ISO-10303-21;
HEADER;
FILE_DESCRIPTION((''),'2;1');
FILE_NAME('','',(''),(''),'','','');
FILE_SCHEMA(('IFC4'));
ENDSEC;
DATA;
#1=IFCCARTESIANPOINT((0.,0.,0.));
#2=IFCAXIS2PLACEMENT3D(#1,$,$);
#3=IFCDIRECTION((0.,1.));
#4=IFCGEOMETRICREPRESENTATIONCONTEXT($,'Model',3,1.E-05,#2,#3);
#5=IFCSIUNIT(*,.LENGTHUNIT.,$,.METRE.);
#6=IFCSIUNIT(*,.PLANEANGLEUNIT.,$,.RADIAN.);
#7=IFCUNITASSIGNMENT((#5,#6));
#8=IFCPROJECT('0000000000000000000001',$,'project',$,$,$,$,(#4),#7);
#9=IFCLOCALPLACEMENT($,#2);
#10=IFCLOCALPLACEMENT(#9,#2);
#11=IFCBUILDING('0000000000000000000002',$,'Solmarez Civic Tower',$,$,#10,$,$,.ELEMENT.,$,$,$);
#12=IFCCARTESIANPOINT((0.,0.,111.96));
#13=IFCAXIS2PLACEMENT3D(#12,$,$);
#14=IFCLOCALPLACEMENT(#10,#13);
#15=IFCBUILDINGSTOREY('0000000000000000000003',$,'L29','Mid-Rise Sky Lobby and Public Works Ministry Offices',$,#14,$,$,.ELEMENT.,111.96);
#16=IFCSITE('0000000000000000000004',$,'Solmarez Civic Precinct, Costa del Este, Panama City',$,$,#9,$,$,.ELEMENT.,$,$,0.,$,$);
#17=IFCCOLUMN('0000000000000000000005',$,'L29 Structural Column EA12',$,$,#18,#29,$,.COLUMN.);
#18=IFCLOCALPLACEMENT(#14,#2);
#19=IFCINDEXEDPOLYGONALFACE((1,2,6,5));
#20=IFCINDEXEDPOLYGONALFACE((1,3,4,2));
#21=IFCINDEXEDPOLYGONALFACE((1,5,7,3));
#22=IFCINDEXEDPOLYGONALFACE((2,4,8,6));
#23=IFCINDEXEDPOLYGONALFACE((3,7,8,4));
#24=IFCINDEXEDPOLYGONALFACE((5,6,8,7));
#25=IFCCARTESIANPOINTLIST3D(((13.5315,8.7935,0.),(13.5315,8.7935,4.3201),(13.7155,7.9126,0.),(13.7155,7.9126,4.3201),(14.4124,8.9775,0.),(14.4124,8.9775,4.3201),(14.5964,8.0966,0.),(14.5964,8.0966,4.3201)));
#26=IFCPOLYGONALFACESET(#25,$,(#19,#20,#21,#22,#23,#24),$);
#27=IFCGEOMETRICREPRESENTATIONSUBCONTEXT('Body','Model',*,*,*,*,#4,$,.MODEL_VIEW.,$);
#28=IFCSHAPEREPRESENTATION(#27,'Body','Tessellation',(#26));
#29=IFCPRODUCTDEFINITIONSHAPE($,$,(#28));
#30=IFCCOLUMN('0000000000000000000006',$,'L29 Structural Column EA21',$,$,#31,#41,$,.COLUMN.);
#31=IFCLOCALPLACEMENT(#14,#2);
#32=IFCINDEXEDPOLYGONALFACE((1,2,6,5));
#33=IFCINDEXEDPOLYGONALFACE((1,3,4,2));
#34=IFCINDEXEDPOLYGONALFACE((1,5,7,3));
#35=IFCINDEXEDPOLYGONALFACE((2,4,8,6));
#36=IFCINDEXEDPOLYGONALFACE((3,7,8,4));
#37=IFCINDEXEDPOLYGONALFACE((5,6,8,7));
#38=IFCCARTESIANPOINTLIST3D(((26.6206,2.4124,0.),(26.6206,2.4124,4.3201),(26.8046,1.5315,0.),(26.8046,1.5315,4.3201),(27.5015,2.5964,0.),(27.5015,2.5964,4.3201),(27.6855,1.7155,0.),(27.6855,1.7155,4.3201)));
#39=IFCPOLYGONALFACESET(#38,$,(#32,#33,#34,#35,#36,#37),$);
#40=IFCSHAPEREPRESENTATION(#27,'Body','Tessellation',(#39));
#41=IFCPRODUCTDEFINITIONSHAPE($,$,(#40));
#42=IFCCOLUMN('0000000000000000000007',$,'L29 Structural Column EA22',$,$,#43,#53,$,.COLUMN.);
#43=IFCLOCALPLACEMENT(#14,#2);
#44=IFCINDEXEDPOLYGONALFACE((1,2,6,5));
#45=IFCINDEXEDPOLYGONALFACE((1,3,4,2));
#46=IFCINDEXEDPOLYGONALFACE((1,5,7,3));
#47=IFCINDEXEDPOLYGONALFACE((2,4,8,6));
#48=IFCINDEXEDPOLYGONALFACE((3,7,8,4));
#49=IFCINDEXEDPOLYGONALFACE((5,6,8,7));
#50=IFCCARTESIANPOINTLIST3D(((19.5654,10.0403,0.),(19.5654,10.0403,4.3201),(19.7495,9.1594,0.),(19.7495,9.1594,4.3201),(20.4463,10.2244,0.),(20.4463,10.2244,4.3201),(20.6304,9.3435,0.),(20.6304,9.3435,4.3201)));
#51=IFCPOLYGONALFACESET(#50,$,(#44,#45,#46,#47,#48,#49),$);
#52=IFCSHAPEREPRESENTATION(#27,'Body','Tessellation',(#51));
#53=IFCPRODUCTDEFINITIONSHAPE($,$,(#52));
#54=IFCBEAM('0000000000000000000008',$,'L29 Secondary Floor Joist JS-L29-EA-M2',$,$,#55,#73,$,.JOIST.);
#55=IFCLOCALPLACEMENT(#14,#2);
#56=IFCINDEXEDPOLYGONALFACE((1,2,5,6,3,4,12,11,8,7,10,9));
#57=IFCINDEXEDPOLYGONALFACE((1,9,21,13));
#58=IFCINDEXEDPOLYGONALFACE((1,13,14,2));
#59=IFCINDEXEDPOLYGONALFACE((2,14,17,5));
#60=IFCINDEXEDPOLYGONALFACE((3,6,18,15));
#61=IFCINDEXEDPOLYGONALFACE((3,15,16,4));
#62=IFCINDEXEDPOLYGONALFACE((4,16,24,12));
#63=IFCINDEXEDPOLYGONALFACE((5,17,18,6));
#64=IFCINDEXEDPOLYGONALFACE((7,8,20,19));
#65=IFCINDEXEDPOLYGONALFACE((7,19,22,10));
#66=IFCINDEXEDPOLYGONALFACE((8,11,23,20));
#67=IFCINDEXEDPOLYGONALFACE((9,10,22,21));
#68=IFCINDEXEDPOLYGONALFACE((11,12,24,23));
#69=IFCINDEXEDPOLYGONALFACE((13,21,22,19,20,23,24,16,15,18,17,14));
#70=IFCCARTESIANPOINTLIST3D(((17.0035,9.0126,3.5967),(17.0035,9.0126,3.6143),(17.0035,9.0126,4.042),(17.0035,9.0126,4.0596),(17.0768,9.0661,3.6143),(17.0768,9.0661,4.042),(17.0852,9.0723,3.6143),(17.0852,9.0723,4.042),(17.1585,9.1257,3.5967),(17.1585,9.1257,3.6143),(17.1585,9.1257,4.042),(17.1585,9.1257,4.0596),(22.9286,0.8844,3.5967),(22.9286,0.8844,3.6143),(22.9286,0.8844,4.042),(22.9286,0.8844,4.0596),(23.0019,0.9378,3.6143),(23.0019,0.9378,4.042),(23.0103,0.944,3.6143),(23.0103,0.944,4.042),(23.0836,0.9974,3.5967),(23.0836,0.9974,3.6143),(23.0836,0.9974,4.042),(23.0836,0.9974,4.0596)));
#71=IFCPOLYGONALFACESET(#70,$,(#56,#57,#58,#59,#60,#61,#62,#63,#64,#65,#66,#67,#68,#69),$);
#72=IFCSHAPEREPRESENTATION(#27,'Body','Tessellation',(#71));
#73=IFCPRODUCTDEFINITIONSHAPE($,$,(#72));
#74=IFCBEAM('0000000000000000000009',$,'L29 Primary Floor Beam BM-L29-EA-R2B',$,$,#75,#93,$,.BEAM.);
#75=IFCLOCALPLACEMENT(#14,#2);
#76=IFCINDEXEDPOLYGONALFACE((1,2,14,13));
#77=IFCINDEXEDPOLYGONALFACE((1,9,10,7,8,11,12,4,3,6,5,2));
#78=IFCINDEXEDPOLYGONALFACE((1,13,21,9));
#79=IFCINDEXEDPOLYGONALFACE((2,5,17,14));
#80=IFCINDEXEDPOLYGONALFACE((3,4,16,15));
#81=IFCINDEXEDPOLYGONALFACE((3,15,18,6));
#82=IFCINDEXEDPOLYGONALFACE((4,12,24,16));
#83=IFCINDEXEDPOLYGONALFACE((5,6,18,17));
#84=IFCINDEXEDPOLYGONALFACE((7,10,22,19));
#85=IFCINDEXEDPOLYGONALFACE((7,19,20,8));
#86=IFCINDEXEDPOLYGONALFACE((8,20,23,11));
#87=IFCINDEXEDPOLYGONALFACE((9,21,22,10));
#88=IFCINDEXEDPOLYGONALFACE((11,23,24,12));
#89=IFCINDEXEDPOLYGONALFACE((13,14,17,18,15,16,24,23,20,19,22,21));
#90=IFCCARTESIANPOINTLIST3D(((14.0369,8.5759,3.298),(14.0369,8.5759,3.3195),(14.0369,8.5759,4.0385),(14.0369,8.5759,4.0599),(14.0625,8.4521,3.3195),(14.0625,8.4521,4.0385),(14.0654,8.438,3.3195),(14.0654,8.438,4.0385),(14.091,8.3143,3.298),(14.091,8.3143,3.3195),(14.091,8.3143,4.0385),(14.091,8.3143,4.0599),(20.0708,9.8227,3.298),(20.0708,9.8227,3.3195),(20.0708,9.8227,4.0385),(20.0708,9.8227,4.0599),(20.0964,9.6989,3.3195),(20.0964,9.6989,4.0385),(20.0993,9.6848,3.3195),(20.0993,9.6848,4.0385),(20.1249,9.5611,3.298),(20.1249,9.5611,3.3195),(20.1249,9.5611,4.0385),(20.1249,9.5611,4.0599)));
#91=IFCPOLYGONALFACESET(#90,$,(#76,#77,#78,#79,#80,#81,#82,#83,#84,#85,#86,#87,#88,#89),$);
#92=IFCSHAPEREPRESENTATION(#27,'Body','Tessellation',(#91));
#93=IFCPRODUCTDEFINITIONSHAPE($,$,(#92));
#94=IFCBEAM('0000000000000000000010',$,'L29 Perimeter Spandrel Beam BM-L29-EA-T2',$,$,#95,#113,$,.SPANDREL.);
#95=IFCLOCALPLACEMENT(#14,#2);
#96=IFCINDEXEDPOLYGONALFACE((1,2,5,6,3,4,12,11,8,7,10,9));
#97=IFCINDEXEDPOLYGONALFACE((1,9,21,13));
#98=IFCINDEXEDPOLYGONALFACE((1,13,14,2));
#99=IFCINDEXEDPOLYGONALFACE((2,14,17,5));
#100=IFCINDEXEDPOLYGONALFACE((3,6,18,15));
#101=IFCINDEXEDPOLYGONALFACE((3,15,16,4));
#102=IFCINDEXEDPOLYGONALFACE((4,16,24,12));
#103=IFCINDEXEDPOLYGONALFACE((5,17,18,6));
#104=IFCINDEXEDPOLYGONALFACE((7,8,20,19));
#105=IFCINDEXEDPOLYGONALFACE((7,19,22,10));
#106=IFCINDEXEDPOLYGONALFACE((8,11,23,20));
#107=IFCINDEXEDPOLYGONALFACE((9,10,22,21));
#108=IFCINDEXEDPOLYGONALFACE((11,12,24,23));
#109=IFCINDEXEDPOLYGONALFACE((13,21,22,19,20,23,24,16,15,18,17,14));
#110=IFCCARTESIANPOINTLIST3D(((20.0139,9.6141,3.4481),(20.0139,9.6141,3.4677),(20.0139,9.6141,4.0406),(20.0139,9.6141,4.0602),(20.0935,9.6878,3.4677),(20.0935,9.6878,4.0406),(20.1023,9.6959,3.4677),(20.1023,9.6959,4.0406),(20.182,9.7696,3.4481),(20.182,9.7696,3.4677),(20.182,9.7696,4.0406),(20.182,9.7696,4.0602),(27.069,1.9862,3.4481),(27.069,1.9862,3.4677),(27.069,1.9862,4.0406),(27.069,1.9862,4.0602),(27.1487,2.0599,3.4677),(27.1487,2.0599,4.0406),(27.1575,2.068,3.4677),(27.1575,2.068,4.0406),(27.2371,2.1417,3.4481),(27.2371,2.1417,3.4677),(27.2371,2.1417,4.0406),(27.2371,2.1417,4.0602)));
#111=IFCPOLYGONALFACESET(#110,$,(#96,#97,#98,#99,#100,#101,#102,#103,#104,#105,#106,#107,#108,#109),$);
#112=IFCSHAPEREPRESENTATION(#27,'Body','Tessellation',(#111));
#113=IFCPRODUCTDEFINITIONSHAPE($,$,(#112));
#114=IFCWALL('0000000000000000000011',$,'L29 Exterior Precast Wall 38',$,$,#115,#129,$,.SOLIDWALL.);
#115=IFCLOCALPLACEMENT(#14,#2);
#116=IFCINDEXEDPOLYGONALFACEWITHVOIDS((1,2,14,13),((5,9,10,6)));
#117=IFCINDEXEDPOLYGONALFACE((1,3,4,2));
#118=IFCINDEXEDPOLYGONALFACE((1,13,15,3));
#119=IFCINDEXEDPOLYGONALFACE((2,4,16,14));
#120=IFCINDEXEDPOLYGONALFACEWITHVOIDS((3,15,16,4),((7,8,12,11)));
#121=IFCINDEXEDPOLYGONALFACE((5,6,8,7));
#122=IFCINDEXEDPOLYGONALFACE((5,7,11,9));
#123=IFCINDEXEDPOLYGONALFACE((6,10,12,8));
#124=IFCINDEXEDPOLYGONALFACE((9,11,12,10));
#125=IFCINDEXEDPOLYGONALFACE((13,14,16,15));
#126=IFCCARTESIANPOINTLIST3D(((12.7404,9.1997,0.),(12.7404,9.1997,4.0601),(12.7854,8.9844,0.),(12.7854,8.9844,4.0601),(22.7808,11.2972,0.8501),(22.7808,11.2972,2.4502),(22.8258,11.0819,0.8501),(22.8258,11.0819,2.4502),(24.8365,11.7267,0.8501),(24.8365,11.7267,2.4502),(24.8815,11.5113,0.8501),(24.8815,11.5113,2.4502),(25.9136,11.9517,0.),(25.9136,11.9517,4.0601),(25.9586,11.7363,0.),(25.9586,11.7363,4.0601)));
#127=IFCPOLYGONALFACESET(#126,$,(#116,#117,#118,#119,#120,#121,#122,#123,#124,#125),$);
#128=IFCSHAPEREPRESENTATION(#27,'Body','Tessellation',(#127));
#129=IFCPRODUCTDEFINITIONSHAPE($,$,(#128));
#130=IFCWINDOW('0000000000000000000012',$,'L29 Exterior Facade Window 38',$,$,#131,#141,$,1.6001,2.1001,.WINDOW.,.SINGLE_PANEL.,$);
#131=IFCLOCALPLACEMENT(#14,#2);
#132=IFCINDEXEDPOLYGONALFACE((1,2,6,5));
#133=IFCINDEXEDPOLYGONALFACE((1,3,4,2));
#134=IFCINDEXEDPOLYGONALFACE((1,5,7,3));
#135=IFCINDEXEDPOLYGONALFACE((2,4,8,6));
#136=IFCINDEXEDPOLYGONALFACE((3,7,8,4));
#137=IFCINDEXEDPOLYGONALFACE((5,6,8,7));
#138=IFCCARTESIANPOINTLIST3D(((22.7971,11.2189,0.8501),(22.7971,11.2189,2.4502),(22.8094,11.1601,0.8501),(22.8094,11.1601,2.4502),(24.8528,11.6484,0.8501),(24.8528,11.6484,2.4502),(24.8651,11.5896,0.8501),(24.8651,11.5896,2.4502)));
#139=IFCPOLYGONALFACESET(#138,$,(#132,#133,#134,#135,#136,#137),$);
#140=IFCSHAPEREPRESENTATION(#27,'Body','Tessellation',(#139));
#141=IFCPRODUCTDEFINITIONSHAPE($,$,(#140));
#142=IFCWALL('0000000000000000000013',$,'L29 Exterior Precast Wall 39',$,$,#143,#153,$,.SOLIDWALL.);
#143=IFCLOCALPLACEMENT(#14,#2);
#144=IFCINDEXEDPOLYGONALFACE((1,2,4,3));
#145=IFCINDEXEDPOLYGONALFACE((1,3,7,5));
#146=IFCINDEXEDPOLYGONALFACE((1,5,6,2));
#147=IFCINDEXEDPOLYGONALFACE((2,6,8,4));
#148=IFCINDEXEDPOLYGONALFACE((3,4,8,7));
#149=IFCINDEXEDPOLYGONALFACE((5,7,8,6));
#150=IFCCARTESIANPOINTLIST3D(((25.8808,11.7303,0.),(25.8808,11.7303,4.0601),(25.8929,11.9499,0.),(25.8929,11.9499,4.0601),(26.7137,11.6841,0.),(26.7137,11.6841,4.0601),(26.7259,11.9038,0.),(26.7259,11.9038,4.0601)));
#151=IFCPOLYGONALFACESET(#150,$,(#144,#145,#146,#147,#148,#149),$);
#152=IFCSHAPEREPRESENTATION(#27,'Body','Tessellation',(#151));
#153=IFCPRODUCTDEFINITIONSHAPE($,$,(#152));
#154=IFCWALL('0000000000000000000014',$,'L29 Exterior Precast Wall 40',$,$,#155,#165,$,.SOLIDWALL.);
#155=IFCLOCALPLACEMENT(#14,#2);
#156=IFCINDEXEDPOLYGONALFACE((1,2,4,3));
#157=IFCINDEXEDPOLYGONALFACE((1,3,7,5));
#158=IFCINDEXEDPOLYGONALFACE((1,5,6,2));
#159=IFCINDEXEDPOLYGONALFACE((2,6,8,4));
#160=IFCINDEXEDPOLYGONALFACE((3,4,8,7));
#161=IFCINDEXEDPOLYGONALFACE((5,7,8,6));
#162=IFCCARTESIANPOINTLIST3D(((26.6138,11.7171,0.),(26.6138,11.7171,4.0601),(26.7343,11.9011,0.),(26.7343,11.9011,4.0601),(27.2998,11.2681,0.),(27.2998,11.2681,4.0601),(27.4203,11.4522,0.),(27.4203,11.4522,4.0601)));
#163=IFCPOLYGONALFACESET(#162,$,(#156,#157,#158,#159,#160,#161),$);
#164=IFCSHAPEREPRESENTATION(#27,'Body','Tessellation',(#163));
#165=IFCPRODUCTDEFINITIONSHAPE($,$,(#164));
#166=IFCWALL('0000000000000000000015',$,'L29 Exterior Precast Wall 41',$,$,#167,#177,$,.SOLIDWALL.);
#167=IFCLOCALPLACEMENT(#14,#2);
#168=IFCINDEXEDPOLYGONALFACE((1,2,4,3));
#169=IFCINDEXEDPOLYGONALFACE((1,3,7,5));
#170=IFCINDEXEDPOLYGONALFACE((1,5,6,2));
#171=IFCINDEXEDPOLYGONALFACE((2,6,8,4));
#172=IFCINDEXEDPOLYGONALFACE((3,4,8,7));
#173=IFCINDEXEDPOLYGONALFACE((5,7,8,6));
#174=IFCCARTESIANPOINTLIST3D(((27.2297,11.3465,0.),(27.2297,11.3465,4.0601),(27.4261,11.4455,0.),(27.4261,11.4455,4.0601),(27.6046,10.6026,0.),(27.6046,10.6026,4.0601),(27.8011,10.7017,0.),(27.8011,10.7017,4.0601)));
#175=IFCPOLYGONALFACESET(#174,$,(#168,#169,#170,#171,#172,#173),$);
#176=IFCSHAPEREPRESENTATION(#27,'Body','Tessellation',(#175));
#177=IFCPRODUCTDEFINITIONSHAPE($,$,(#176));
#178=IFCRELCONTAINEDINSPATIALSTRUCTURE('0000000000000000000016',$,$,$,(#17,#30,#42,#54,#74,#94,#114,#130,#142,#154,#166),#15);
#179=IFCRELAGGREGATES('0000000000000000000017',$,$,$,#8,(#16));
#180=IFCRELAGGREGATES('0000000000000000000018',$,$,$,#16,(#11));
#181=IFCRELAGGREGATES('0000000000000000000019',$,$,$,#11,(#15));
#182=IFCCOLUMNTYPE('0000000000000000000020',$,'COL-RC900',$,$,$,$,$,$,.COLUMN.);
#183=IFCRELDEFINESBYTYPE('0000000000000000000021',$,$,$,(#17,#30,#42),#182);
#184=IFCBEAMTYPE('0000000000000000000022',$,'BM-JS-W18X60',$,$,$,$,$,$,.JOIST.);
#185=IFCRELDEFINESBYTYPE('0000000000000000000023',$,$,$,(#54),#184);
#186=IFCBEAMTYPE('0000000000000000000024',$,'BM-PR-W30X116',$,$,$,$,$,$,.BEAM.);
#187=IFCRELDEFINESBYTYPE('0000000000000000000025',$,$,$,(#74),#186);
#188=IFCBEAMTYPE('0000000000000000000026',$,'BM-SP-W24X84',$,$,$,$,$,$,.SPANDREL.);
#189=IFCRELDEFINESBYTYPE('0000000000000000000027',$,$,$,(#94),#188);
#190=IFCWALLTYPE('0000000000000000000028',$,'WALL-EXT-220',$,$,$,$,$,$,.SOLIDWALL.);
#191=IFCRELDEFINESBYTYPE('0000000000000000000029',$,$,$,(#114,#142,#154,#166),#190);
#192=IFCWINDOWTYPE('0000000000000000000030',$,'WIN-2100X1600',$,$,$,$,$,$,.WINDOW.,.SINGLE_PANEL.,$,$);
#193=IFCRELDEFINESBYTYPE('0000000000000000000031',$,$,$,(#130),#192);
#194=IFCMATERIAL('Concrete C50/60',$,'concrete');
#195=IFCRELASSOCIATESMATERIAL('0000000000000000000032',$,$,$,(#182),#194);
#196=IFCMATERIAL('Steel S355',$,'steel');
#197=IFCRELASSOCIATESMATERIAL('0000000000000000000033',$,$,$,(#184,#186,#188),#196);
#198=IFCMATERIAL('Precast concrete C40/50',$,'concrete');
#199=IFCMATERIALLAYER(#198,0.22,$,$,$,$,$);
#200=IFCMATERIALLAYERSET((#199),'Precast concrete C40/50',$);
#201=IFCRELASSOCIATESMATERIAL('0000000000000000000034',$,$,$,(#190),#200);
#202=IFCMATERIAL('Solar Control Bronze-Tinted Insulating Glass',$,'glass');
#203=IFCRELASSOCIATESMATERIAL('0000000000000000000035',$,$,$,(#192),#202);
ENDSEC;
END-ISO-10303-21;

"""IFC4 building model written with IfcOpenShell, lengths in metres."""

from ifc_helpers import new_model, si_unit, direction, frame, frame_2d, origin, origin_2d, place, context, subcontext, project, spatial, rectangle, i_section, extrude, material, layer, layer_set, material_profile, profile_set, type_object, element, fill, save


model = new_model("IFC4")

# Units and contexts
model_context = context("Model", 3, precision=1e-05, world=origin(), true_north=direction((0.0, 1.0)))
body_context = subcontext(model_context, "Body", "Model", "MODEL_VIEW")
ifc_project = project(units=[si_unit("LENGTHUNIT", "METRE"), si_unit("PLANEANGLEUNIT", "RADIAN")], contexts=[model_context])

# Site, building, storey
site_placement = place(None, origin())
site = spatial("IfcSite", under=ifc_project, at=site_placement, Name="Solmarez Civic Precinct, Costa del Este, Panama City", CompositionType="ELEMENT", RefElevation=0.0)
building_placement = place(site_placement, origin())
building = spatial("IfcBuilding", under=site, at=building_placement, Name="Solmarez Civic Tower", CompositionType="ELEMENT")
storey_placement = place(building_placement, frame((0.0, 0.0, 111.96)))
storey = spatial("IfcBuildingStorey", under=building, at=storey_placement, Name="L29", Description="Mid-Rise Sky Lobby and Public Works Ministry Offices", CompositionType="ELEMENT", Elevation=111.96)

# Columns
ifc_material_1 = material(Name="Concrete C50/60", Category="concrete")
ifc_material_profile_1 = material_profile(ifc_material_1, rectangle(XDim=0.8999, YDim=0.8999, at=origin_2d()), Name="RC900X900")
ifc_profile_set_1 = profile_set([ifc_material_profile_1], Name="Concrete C50/60")
column_type = type_object("IfcColumnType", Name="COL-RC900", PredefinedType="COLUMN", material=ifc_profile_set_1)
for number, where, z_axis, x_axis, name in (
    (1, (14.064, 8.4451, 0.0), (0.0, 0.0, 1.0), (0.978867, 0.204496, 0.0), "L29 Structural Column EA12"),
    (2, (27.1531, 2.064, 0.0), (0.0, 0.0, 1.0), (0.978867, 0.204496, 0.0), "L29 Structural Column EA21"),
    (3, (20.0979, 9.6919, 0.0), (0.0, 0.0, 1.0), (0.978867, 0.204496, 0.0), "L29 Structural Column EA22"),
):
    element("IfcColumn", number, at=place(storey_placement, frame(where, z_axis=z_axis, x_axis=x_axis)), inside=storey, type_object=column_type, Name=name, PredefinedType="COLUMN", context=body_context, shape_type="SweptSolid", body=[
        extrude(rectangle(XDim=0.8999, YDim=0.8999, at=origin_2d()), origin(), (0.0, 0.0, 1.0), 4.3201),
    ])

# Beams
ifc_material_2 = material(Name="Steel S355", Category="steel")
ifc_material_profile_2 = material_profile(ifc_material_2, i_section(OverallWidth=0.1919, OverallDepth=0.4629, WebThickness=0.0105, FlangeThickness=0.0176, at=origin_2d()), Name="W18X60")
ifc_profile_set_2 = profile_set([ifc_material_profile_2], Name="Steel S355")
beam_type_1 = type_object("IfcBeamType", Name="BM-JS-W18X60", PredefinedType="JOIST", material=ifc_profile_set_2)
beam_1_placement = place(storey_placement, frame((23.0061, 0.9409, 3.8281), z_axis=(-0.589059, 0.80809, 0.0), x_axis=(-0.80809, -0.589059, 0.0)))
element("IfcBeam", 4, at=beam_1_placement, inside=storey, type_object=beam_type_1, Name="L29 Secondary Floor Joist JS-L29-EA-M2", PredefinedType="JOIST", context=body_context, shape_type="SweptSolid", body=[
    extrude(i_section(OverallWidth=0.1919, OverallDepth=0.4629, WebThickness=0.0105, FlangeThickness=0.0176, at=origin_2d()), origin(), (0.0, 0.0, 1.0), 10.0586),
])
ifc_material_profile_3 = material_profile(ifc_material_2, i_section(OverallWidth=0.2671, OverallDepth=0.762, WebThickness=0.0144, FlangeThickness=0.0215, at=origin_2d()), Name="W30X116")
ifc_profile_set_3 = profile_set([ifc_material_profile_3], Name="Steel S355")
beam_type_2 = type_object("IfcBeamType", Name="BM-PR-W30X116", PredefinedType="BEAM", material=ifc_profile_set_3)
beam_2_placement = place(storey_placement, frame((14.064, 8.4451, 3.679), z_axis=(0.979311, 0.202361, 0.0), x_axis=(-0.202361, 0.979311, 0.0)))
element("IfcBeam", 5, at=beam_2_placement, inside=storey, type_object=beam_type_2, Name="L29 Primary Floor Beam BM-L29-EA-R2B", PredefinedType="BEAM", context=body_context, shape_type="SweptSolid", body=[
    extrude(i_section(OverallWidth=0.2671, OverallDepth=0.762, WebThickness=0.0144, FlangeThickness=0.0215, at=origin_2d()), origin(), (0.0, 0.0, 1.0), 6.1614),
])
ifc_material_profile_4 = material_profile(ifc_material_2, i_section(OverallWidth=0.229, OverallDepth=0.6121, WebThickness=0.012, FlangeThickness=0.0195, at=origin_2d()), Name="W24X84")
ifc_profile_set_4 = profile_set([ifc_material_profile_4], Name="Steel S355")
beam_type_3 = type_object("IfcBeamType", Name="BM-SP-W24X84", PredefinedType="SPANDREL", material=ifc_profile_set_4)
beam_3_placement = place(storey_placement, frame((27.1531, 2.064, 3.7542), z_axis=(-0.679008, 0.734131, 0.0), x_axis=(-0.734131, -0.679008, 0.0)))
element("IfcBeam", 6, at=beam_3_placement, inside=storey, type_object=beam_type_3, Name="L29 Perimeter Spandrel Beam BM-L29-EA-T2", PredefinedType="SPANDREL", context=body_context, shape_type="SweptSolid", body=[
    extrude(i_section(OverallWidth=0.229, OverallDepth=0.6121, WebThickness=0.012, FlangeThickness=0.0195, at=origin_2d()), origin(), (0.0, 0.0, 1.0), 10.3904),
])

# Wall, opening, window
ifc_material_3 = material(Name="Precast concrete C40/50", Category="concrete")
ifc_layer_1 = layer(ifc_material_3, 0.22)
ifc_layer_set_1 = layer_set([ifc_layer_1], Name="Precast concrete C40/50")
wall_type_1 = type_object("IfcWallType", Name="WALL-EXT-220", PredefinedType="SOLIDWALL", material=ifc_layer_set_1)
wall_1_placement = place(storey_placement, frame((12.7629, 9.092, 0.0), z_axis=(0.0, 0.0, 1.0), x_axis=(0.978868, 0.204492, 0.0)))
wall_1 = element("IfcWall", 7, at=wall_1_placement, inside=storey, type_object=wall_type_1, Name="L29 Exterior Precast Wall 38", PredefinedType="SOLIDWALL", context=body_context, shape_type="SweptSolid", body=[
    extrude(rectangle(XDim=13.4575, YDim=0.22, at=frame_2d((6.7288, 0.0))), origin(), (0.0, 0.0, 1.0), 4.0601),
])
opening_1_placement = place(wall_1_placement, frame((10.2571, 0.0, 0.8501)))
opening_1 = element("IfcOpeningElement", 8, at=opening_1_placement, cuts=wall_1, PredefinedType="OPENING", context=body_context, shape_type="SweptSolid", body=[
    extrude(rectangle(XDim=2.1001, YDim=1.6001, at=frame_2d((1.05, 0.8))), frame((0.0, 0.1199, 0.0), z_axis=(0.0, -1.0, 0.0), x_axis=(1.0, 0.0, 0.0)), (0.0, 0.0, 1.0), 0.24),
])
ifc_material_4 = material(Name="Solar Control Bronze-Tinted Insulating Glass", Category="glass")
window_type_1 = type_object("IfcWindowType", Name="WIN-2100X1600", PartitioningType="SINGLE_PANEL", PredefinedType="WINDOW", material=ifc_material_4)
window_1_placement = place(opening_1_placement, origin())
window_1 = element("IfcWindow", 9, at=window_1_placement, inside=storey, type_object=window_type_1, Name="L29 Exterior Facade Window 38", OverallHeight=1.6001, OverallWidth=2.1001, PartitioningType="SINGLE_PANEL", PredefinedType="WINDOW", context=body_context, shape_type="SweptSolid", body=[
    extrude(rectangle(XDim=2.1001, YDim=1.6001, at=frame_2d((1.05, 0.8))), frame((0.0, 0.03, 0.0), z_axis=(0.0, -1.0, 0.0), x_axis=(1.0, 0.0, 0.0)), (0.0, 0.0, 1.0), 0.0601),
])
fill(opening_1, window_1)

# Walls
wall_2_placement = place(storey_placement, frame((25.887, 11.8401, 0.0), z_axis=(0.0, 0.0, 1.0), x_axis=(0.998469, -0.055308, 0.0)))
element("IfcWall", 10, at=wall_2_placement, inside=storey, type_object=wall_type_1, Name="L29 Exterior Precast Wall 39", PredefinedType="SOLIDWALL", context=body_context, shape_type="SweptSolid", body=[
    extrude(rectangle(XDim=0.8342, YDim=0.22, at=frame_2d((0.417, 0.0))), origin(), (0.0, 0.0, 1.0), 4.0601),
])
wall_3_placement = place(storey_placement, frame((26.6741, 11.8091, 0.0), z_axis=(0.0, 0.0, 1.0), x_axis=(0.836739, -0.547602, 0.0)))
element("IfcWall", 11, at=wall_3_placement, inside=storey, type_object=wall_type_1, Name="L29 Exterior Precast Wall 40", PredefinedType="SOLIDWALL", context=body_context, shape_type="SweptSolid", body=[
    extrude(rectangle(XDim=0.8198, YDim=0.22, at=frame_2d((0.4099, 0.0))), origin(), (0.0, 0.0, 1.0), 4.0601),
])
wall_4_placement = place(storey_placement, frame((27.3279, 11.396, 0.0), z_axis=(0.0, 0.0, 1.0), x_axis=(0.450142, -0.892957, 0.0)))
element("IfcWall", 12, at=wall_4_placement, inside=storey, type_object=wall_type_1, Name="L29 Exterior Precast Wall 41", PredefinedType="SOLIDWALL", context=body_context, shape_type="SweptSolid", body=[
    extrude(rectangle(XDim=0.833, YDim=0.22, at=frame_2d((0.4165, 0.0))), origin(), (0.0, 0.0, 1.0), 4.0601),
])

save(model, "model.ifc")
